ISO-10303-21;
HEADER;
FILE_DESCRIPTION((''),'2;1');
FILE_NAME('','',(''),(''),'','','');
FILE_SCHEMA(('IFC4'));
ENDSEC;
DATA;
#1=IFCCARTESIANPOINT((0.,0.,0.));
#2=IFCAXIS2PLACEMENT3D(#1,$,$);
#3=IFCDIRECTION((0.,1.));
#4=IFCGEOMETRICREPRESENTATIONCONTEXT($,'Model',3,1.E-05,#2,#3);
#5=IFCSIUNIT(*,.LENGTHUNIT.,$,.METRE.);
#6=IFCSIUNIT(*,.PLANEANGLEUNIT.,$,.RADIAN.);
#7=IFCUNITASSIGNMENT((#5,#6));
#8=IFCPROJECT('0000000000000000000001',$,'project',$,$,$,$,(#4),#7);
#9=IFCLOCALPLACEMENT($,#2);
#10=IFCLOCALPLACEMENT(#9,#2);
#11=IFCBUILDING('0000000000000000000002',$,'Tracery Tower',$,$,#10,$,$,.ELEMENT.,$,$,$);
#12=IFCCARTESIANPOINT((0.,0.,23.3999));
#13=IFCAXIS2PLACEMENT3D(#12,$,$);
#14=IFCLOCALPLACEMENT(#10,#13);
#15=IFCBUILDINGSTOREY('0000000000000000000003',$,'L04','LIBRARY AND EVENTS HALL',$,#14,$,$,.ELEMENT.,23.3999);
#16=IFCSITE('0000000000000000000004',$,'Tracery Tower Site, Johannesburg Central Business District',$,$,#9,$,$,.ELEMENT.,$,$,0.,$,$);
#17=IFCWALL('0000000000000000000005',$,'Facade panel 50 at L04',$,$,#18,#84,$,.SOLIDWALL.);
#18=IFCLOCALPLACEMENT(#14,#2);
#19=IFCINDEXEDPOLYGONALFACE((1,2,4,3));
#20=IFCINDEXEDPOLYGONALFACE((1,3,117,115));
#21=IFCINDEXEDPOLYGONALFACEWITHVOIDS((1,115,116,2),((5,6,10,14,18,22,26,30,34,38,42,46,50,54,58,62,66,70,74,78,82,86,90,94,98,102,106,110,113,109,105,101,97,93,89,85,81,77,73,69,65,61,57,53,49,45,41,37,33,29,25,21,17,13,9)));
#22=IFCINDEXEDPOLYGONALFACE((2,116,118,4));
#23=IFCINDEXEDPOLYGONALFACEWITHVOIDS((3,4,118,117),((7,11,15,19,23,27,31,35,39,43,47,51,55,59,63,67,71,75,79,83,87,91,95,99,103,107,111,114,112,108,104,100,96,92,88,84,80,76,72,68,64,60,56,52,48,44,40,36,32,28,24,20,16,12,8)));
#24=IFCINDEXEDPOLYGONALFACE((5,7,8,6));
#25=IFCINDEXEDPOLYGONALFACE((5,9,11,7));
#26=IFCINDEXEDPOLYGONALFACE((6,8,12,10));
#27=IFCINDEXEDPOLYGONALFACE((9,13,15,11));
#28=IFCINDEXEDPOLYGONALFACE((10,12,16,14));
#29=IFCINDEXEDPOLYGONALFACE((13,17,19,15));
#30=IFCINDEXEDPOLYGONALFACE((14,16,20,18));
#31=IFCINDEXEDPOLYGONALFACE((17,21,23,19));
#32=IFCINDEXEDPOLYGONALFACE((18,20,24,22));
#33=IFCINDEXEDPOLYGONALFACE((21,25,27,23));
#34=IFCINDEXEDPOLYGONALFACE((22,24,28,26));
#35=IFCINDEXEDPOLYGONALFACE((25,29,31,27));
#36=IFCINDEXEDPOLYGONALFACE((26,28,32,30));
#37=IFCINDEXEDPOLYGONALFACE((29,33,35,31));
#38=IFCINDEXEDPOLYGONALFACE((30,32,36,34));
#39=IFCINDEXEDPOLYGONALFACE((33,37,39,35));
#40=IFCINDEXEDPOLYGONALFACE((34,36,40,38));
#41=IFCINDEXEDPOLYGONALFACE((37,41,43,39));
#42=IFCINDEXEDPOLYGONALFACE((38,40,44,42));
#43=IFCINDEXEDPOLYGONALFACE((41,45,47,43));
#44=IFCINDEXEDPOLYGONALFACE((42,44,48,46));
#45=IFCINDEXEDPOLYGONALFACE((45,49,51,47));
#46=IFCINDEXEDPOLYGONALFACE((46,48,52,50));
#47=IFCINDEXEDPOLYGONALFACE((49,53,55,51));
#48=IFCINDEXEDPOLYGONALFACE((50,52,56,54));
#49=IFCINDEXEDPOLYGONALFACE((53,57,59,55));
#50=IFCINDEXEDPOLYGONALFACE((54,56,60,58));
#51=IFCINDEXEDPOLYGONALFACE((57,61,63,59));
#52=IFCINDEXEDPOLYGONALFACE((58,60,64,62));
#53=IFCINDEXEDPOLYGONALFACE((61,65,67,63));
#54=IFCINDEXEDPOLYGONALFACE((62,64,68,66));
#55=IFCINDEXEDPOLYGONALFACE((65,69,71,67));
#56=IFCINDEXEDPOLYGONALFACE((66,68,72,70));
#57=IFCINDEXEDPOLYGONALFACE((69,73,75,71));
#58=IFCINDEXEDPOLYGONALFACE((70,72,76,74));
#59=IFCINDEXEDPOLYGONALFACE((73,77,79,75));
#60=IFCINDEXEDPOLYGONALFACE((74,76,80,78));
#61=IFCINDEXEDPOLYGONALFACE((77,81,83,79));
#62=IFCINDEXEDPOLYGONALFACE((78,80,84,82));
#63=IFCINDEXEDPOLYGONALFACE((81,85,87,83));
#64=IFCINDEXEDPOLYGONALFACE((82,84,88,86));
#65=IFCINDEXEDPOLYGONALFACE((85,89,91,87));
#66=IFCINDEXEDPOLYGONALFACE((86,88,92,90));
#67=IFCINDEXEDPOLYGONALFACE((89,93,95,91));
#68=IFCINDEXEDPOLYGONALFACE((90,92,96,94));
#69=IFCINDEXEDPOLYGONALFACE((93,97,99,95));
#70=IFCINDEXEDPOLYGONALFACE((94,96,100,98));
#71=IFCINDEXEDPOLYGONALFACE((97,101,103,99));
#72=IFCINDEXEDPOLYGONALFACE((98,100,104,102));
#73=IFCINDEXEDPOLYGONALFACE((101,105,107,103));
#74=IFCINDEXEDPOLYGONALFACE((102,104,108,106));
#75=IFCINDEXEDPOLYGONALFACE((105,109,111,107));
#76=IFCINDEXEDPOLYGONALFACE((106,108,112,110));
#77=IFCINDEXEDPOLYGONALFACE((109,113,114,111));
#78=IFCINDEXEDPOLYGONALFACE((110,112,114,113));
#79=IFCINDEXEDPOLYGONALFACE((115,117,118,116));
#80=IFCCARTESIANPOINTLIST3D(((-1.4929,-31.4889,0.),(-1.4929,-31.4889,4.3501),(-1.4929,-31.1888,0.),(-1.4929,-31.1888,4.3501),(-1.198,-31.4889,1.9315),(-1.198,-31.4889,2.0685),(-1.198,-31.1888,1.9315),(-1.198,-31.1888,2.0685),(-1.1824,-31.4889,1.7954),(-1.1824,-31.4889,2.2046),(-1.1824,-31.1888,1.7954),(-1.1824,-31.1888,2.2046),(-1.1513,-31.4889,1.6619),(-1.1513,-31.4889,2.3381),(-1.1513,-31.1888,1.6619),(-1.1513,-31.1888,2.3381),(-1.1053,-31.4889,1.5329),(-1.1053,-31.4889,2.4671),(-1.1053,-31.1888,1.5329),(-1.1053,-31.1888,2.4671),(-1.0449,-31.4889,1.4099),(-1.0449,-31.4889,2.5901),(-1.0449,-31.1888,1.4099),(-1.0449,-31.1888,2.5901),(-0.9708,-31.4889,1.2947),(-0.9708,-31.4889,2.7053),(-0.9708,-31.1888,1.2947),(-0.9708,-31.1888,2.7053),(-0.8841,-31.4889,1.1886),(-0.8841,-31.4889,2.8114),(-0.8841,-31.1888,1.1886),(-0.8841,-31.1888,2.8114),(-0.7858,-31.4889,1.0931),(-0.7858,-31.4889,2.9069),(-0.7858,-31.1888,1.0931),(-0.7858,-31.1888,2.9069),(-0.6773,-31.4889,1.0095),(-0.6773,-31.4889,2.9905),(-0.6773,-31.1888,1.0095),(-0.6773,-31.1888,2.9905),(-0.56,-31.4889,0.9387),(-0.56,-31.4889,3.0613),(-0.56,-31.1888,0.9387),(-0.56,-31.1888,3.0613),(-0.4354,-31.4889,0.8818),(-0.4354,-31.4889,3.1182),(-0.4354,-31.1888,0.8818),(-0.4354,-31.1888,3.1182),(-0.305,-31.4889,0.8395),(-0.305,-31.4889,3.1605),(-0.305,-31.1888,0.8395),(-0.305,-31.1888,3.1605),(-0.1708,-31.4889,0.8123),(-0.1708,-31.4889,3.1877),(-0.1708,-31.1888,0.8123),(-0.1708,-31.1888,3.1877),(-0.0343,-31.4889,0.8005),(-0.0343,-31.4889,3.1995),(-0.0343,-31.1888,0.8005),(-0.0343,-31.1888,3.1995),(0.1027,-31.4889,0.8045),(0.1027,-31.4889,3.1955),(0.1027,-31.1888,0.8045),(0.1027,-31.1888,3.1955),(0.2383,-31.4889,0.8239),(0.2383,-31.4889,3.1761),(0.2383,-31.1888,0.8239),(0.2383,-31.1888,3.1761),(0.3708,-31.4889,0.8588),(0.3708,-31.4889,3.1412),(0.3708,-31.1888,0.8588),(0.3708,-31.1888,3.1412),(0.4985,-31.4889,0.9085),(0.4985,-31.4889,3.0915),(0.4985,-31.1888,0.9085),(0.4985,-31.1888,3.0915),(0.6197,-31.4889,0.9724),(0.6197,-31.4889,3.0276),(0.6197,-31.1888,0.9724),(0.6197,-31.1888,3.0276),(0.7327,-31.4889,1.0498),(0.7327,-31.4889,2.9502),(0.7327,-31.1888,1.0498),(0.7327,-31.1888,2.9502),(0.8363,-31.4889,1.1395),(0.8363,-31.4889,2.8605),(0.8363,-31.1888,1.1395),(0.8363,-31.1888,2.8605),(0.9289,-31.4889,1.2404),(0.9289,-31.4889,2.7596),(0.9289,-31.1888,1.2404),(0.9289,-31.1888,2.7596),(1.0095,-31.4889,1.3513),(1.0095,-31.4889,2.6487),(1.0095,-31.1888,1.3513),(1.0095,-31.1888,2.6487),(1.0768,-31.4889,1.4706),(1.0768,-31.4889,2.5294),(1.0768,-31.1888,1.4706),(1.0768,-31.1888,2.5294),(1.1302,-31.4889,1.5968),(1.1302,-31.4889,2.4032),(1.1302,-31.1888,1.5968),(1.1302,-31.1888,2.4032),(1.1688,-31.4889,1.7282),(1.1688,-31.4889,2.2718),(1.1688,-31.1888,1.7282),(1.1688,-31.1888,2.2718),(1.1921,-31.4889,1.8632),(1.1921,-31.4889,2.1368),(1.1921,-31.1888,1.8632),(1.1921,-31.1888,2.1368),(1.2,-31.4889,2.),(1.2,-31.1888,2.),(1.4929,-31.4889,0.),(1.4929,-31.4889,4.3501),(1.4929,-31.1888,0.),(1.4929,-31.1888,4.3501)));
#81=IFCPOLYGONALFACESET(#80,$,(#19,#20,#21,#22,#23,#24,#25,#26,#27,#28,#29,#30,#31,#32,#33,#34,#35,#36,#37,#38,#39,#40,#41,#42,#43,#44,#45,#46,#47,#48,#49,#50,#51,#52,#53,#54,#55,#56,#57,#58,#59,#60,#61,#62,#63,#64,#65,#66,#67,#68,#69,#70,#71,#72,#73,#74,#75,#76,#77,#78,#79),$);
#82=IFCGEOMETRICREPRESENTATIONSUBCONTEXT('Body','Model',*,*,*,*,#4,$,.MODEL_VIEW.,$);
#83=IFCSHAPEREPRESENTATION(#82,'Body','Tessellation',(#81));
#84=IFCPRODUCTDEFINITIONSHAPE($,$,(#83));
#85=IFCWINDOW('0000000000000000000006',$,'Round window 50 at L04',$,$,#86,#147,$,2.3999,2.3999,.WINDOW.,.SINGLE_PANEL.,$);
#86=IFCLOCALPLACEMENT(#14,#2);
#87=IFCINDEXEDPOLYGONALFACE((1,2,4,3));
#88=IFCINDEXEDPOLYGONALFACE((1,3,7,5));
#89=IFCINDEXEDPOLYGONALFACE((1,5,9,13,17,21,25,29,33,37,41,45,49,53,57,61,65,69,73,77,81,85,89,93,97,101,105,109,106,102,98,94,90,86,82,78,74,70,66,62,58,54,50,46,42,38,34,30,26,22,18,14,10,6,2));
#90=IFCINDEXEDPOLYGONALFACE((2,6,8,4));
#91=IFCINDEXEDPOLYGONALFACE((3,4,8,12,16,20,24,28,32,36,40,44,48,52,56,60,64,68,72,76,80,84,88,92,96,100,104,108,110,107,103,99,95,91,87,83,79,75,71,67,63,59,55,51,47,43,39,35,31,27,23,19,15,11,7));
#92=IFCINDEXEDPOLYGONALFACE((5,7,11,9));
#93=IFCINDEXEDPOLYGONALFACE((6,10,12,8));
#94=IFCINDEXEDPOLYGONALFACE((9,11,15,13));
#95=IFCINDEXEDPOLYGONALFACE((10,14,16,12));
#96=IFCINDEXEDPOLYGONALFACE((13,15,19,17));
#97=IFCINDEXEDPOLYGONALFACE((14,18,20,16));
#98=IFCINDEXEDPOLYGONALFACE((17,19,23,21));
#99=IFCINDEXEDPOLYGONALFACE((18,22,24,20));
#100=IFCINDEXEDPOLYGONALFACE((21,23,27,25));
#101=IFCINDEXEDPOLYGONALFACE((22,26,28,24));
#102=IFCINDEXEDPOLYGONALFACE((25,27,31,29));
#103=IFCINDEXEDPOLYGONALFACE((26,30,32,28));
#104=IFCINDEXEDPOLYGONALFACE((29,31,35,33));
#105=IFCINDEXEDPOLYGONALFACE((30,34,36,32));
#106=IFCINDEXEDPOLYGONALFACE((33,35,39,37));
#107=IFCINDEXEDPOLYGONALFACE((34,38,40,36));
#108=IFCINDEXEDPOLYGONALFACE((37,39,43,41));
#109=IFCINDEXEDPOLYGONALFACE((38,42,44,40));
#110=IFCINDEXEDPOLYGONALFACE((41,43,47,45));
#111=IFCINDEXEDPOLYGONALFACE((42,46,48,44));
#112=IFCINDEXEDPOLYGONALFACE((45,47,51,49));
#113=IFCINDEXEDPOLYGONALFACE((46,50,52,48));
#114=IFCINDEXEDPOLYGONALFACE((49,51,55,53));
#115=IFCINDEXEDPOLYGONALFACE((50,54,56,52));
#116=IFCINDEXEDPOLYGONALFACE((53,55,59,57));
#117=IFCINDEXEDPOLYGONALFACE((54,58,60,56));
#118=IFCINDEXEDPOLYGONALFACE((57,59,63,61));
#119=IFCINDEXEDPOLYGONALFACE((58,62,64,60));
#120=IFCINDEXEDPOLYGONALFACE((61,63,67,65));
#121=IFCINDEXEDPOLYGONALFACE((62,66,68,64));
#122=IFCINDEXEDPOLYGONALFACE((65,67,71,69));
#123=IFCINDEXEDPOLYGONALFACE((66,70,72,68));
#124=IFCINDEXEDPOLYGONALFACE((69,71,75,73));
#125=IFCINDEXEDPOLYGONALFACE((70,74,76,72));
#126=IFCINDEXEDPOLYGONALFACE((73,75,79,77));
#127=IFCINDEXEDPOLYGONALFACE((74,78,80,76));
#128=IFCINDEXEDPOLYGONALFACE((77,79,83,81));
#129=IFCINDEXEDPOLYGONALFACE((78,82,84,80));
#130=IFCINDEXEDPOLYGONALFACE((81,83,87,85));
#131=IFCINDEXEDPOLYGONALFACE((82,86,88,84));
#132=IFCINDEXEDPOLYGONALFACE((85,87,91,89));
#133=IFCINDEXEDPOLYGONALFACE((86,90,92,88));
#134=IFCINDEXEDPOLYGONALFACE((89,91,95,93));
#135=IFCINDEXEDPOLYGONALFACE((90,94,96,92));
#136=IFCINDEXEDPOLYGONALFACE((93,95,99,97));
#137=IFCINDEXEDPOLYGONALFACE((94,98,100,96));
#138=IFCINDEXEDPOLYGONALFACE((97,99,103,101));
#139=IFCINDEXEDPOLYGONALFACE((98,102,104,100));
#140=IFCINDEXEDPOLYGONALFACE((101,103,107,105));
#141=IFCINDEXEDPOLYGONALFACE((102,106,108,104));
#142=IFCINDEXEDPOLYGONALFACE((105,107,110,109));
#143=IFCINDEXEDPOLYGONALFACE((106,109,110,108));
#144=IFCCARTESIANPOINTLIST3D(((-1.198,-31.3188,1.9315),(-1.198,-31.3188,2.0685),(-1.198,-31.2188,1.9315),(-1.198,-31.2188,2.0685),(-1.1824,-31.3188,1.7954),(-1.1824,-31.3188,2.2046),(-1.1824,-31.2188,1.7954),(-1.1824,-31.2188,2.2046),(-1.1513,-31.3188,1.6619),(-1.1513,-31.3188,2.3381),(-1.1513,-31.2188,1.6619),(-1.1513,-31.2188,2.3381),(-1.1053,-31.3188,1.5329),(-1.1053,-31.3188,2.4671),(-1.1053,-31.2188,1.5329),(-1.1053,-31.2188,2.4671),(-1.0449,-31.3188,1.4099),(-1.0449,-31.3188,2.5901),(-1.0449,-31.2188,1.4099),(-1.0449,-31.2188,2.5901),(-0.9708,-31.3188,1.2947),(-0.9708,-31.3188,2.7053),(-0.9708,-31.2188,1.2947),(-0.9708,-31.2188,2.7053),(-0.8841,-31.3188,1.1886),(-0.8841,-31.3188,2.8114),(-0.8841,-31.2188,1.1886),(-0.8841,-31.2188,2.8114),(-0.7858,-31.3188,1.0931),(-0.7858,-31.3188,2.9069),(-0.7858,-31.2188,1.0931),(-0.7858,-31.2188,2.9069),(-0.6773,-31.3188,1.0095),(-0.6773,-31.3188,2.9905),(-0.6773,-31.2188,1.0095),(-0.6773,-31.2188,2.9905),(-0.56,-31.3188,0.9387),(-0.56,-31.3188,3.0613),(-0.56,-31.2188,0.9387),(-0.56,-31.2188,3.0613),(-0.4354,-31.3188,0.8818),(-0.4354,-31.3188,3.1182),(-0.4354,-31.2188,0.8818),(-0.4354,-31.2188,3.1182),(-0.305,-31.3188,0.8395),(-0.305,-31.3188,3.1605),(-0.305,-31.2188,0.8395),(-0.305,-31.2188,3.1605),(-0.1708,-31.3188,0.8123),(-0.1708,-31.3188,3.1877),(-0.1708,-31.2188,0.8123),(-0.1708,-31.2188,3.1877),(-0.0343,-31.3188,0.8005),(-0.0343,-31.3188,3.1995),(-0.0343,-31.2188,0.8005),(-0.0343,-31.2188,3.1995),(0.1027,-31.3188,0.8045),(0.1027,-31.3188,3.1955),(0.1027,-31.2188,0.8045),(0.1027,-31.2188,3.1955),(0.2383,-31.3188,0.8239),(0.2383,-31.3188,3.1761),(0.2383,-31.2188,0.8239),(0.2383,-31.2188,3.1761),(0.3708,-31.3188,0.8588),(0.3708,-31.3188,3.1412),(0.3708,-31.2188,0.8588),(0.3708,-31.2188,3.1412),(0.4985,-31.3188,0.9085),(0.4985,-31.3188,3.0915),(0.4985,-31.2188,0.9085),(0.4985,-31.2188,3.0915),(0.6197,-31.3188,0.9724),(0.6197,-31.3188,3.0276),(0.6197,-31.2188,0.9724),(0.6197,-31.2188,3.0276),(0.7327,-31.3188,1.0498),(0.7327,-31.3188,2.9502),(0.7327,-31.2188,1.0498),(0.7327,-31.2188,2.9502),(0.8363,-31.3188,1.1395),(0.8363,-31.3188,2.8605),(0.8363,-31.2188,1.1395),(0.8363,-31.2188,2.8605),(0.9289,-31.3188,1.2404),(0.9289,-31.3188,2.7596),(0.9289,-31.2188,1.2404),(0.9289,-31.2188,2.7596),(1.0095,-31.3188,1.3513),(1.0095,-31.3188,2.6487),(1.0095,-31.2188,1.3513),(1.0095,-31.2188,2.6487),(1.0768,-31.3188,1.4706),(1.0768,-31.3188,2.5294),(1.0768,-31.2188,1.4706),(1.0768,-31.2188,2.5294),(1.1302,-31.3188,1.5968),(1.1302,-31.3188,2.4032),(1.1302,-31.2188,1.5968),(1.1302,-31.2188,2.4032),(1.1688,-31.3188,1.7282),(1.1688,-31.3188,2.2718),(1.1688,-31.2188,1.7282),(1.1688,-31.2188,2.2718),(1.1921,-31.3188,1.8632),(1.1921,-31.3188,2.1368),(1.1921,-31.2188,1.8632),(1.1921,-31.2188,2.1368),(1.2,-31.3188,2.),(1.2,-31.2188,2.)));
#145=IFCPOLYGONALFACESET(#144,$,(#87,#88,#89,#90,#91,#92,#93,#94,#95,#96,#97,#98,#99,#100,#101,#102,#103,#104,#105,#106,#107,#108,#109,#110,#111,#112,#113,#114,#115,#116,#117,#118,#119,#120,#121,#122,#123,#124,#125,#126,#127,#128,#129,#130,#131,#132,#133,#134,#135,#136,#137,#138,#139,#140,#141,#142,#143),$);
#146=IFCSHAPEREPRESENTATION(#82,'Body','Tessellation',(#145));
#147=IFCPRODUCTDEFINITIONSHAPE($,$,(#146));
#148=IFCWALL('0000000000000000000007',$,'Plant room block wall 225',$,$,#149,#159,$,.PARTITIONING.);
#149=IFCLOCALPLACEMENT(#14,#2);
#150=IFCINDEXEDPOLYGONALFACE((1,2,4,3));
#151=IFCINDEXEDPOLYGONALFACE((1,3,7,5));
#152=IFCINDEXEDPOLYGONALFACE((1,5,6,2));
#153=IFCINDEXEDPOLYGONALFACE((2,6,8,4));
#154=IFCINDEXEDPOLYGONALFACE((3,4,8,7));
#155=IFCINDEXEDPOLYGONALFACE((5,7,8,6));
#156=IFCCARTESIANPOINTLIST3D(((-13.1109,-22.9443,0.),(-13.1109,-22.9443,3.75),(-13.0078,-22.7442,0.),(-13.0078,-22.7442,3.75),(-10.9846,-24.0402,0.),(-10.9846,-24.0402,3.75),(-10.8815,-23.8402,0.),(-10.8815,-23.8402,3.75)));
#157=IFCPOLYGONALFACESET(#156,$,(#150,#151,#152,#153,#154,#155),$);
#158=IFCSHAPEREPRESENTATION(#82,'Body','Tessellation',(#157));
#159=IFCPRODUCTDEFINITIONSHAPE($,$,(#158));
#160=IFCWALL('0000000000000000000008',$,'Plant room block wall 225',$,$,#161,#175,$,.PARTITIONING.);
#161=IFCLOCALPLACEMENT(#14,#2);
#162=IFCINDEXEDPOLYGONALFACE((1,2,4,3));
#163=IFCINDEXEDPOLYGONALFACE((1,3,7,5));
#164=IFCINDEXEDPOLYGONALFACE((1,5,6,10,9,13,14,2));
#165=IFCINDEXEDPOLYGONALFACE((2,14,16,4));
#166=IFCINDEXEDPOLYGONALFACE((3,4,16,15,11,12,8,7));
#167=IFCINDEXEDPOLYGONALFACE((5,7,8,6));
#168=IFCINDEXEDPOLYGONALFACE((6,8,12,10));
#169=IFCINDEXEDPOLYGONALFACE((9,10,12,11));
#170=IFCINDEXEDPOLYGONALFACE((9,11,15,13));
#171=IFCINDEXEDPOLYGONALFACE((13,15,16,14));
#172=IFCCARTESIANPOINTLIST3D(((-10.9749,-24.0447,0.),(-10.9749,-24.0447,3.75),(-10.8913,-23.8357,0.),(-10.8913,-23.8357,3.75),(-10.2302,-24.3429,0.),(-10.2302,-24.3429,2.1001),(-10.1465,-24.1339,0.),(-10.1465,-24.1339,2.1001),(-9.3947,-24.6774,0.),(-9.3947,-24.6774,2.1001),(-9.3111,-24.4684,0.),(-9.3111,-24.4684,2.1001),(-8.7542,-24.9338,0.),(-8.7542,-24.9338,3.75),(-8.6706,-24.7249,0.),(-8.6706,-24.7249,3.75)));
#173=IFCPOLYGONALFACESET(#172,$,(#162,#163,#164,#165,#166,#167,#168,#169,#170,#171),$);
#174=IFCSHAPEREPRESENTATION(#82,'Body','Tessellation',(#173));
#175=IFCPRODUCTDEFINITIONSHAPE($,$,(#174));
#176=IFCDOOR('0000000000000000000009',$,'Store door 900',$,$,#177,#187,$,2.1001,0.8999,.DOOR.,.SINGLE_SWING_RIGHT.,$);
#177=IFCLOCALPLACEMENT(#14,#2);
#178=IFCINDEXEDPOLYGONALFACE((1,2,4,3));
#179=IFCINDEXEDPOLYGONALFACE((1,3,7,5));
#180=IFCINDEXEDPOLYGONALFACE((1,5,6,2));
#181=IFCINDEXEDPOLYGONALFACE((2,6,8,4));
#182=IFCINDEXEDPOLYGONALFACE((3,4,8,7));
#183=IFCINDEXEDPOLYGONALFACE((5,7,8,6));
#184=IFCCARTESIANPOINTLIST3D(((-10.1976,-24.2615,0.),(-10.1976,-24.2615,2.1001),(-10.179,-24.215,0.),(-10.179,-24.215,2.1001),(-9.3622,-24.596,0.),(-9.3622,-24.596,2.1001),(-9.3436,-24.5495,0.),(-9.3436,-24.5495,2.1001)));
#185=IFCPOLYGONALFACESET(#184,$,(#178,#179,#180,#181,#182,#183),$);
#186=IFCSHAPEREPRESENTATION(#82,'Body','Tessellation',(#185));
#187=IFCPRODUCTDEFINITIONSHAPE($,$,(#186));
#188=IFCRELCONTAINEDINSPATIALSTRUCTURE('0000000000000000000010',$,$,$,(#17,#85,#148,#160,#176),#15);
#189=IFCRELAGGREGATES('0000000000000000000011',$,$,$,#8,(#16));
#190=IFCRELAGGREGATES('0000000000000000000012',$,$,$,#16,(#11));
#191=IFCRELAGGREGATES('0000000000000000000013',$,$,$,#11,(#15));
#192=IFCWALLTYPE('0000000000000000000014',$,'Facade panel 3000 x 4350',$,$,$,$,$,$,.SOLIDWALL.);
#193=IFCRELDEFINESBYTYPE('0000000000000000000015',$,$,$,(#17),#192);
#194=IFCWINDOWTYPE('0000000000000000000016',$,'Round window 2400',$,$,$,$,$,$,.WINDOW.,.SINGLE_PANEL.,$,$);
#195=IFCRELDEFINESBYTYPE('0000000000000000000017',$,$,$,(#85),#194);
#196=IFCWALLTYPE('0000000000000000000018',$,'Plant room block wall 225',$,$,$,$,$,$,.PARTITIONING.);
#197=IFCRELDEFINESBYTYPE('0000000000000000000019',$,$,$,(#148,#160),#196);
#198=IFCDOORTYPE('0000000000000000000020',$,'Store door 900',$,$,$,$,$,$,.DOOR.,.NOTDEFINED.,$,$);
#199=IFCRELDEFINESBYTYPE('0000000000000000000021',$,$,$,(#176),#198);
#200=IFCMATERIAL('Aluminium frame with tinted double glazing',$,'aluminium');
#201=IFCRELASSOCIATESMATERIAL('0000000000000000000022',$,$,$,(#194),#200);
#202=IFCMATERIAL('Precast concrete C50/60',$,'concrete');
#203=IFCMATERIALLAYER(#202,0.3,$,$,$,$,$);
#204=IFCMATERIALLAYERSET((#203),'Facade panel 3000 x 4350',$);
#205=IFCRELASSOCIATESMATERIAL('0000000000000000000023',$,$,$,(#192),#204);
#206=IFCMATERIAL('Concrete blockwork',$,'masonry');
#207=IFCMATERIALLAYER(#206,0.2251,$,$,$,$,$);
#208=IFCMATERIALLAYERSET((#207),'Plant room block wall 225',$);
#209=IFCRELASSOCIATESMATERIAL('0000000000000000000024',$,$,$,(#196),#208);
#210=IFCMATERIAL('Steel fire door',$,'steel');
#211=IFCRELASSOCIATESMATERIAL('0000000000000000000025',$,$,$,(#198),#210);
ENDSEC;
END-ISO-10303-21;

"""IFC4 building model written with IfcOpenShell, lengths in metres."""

from ifc_helpers import new_model, si_unit, direction, frame, frame_2d, origin, origin_2d, place, context, subcontext, project, spatial, rectangle, circle, extrude, material, layer, layer_set, type_object, element, fill, save


model = new_model("IFC4")

# Units and contexts
model_context = context("Model", 3, precision=1e-05, world=origin(), true_north=direction((0.0, 1.0)))
body_context = subcontext(model_context, "Body", "Model", "MODEL_VIEW")
ifc_project = project(units=[si_unit("LENGTHUNIT", "METRE"), si_unit("PLANEANGLEUNIT", "RADIAN")], contexts=[model_context])

# Site, building, storey
site_placement = place(None, origin())
site = spatial("IfcSite", under=ifc_project, at=site_placement, Name="Tracery Tower Site, Johannesburg Central Business District", CompositionType="ELEMENT", RefElevation=0.0)
building_placement = place(site_placement, origin())
building = spatial("IfcBuilding", under=site, at=building_placement, Name="Tracery Tower", CompositionType="ELEMENT")
storey_placement = place(building_placement, frame((0.0, 0.0, 23.3999)))
storey = spatial("IfcBuildingStorey", under=building, at=storey_placement, Name="L04", Description="LIBRARY AND EVENTS HALL", CompositionType="ELEMENT", Elevation=23.3999)

# Wall, opening, window
ifc_material_1 = material(Name="Aluminium frame with tinted double glazing", Category="aluminium")
window_type = type_object("IfcWindowType", Name="Round window 2400", PartitioningType="SINGLE_PANEL", PredefinedType="WINDOW", material=ifc_material_1)
ifc_material_2 = material(Name="Precast concrete C50/60", Category="concrete")
ifc_layer_1 = layer(ifc_material_2, 0.3)
ifc_layer_set_1 = layer_set([ifc_layer_1], Name="Facade panel 3000 x 4350")
wall_type_1 = type_object("IfcWallType", Name="Facade panel 3000 x 4350", PredefinedType="SOLIDWALL", material=ifc_layer_set_1)
wall_1_placement = place(storey_placement, frame((-1.4929, -31.3389, 0.0), z_axis=(0.0, 0.0, 1.0), x_axis=(1.0, 0.0, 0.0)))
wall_1 = element("IfcWall", 1, at=wall_1_placement, inside=storey, type_object=wall_type_1, Name="Facade panel 50 at L04", PredefinedType="SOLIDWALL", context=body_context, shape_type="SweptSolid", body=[
    extrude(rectangle(XDim=2.9858, YDim=0.3, at=frame_2d((1.4929, 0.0))), origin(), (0.0, 0.0, 1.0), 4.3501),
])
opening_1_placement = place(wall_1_placement, frame((1.4929, 0.0, 2.0)))
opening_1 = element("IfcOpeningElement", 2, at=opening_1_placement, cuts=wall_1, PredefinedType="OPENING", context=body_context, shape_type="SweptSolid", body=[
    extrude(circle(Radius=1.2, at=origin_2d()), frame((0.0, 0.1599, 0.0), z_axis=(0.0, -1.0, 0.0), x_axis=(1.0, 0.0, 0.0)), (0.0, 0.0, 1.0), 0.3201),
])
window_1_placement = place(opening_1_placement, origin())
window_1 = element("IfcWindow", 3, at=window_1_placement, inside=storey, type_object=window_type, Name="Round window 50 at L04", OverallHeight=2.3999, OverallWidth=2.3999, PartitioningType="SINGLE_PANEL", PredefinedType="WINDOW", context=body_context, shape_type="SweptSolid", body=[
    extrude(circle(Radius=1.2, at=origin_2d()), frame((0.0, 0.1201, 0.0), z_axis=(0.0, -1.0, 0.0), x_axis=(1.0, 0.0, 0.0)), (0.0, 0.0, 1.0), 0.1001),
])
fill(opening_1, window_1)

# Wall
ifc_material_3 = material(Name="Concrete blockwork", Category="masonry")
ifc_layer_2 = layer(ifc_material_3, 0.2251)
ifc_layer_set_2 = layer_set([ifc_layer_2], Name="Plant room block wall 225")
wall_type_2 = type_object("IfcWallType", Name="Plant room block wall 225", PredefinedType="PARTITIONING", material=ifc_layer_set_2)
wall_2_placement = place(storey_placement, frame((-13.0593, -22.8442, 0.0), z_axis=(0.0, 0.0, 1.0), x_axis=(0.888869, -0.458162, 0.0)))
element("IfcWall", 4, at=wall_2_placement, inside=storey, type_object=wall_type_2, Name="Plant room block wall 225", PredefinedType="PARTITIONING", context=body_context, shape_type="SweptSolid", body=[
    extrude(rectangle(XDim=2.3921, YDim=0.2251, at=frame_2d((1.196, 0.0))), origin(), (0.0, 0.0, 1.0), 3.75),
])

# Wall, opening, door
wall_3_placement = place(storey_placement, frame((-8.7124, -24.8293, 0.0), z_axis=(0.0, 0.0, 1.0), x_axis=(-0.92835, 0.371707, 0.0)))
wall_3 = element("IfcWall", 5, at=wall_3_placement, inside=storey, type_object=wall_type_2, Name="Plant room block wall 225", PredefinedType="PARTITIONING", context=body_context, shape_type="SweptSolid", body=[
    extrude(rectangle(XDim=2.3921, YDim=0.2251, at=frame_2d((1.196, 0.0))), origin(), (0.0, 0.0, 1.0), 3.75),
])
opening_2_placement = place(wall_3_placement, frame((0.6899, 0.0, 0.0)))
opening_2 = element("IfcOpeningElement", 6, at=opening_2_placement, cuts=wall_3, PredefinedType="OPENING", context=body_context, shape_type="SweptSolid", body=[
    extrude(rectangle(XDim=0.8999, YDim=2.1001, at=frame_2d((0.45, 1.05))), frame((0.0, 0.1125, 0.0), z_axis=(0.0, -1.0, 0.0), x_axis=(1.0, 0.0, 0.0)), (0.0, 0.0, 1.0), 0.2251),
])
ifc_material_4 = material(Name="Steel fire door", Category="steel")
door_type_1 = type_object("IfcDoorType", Name="Store door 900", OperationType="NOTDEFINED", PredefinedType="DOOR", material=ifc_material_4)
door_1_placement = place(opening_2_placement, origin())
door_1 = element("IfcDoor", 7, at=door_1_placement, inside=storey, type_object=door_type_1, Name="Store door 900", OperationType="SINGLE_SWING_RIGHT", OverallHeight=2.1001, OverallWidth=0.8999, PredefinedType="DOOR", context=body_context, shape_type="SweptSolid", body=[
    extrude(rectangle(XDim=0.8999, YDim=2.1001, at=frame_2d((0.45, 1.05))), frame((0.0, 0.0249, 0.0), z_axis=(0.0, -1.0, 0.0), x_axis=(1.0, 0.0, 0.0)), (0.0, 0.0, 1.0), 0.05),
])
fill(opening_2, door_1)

save(model, "model.ifc")
